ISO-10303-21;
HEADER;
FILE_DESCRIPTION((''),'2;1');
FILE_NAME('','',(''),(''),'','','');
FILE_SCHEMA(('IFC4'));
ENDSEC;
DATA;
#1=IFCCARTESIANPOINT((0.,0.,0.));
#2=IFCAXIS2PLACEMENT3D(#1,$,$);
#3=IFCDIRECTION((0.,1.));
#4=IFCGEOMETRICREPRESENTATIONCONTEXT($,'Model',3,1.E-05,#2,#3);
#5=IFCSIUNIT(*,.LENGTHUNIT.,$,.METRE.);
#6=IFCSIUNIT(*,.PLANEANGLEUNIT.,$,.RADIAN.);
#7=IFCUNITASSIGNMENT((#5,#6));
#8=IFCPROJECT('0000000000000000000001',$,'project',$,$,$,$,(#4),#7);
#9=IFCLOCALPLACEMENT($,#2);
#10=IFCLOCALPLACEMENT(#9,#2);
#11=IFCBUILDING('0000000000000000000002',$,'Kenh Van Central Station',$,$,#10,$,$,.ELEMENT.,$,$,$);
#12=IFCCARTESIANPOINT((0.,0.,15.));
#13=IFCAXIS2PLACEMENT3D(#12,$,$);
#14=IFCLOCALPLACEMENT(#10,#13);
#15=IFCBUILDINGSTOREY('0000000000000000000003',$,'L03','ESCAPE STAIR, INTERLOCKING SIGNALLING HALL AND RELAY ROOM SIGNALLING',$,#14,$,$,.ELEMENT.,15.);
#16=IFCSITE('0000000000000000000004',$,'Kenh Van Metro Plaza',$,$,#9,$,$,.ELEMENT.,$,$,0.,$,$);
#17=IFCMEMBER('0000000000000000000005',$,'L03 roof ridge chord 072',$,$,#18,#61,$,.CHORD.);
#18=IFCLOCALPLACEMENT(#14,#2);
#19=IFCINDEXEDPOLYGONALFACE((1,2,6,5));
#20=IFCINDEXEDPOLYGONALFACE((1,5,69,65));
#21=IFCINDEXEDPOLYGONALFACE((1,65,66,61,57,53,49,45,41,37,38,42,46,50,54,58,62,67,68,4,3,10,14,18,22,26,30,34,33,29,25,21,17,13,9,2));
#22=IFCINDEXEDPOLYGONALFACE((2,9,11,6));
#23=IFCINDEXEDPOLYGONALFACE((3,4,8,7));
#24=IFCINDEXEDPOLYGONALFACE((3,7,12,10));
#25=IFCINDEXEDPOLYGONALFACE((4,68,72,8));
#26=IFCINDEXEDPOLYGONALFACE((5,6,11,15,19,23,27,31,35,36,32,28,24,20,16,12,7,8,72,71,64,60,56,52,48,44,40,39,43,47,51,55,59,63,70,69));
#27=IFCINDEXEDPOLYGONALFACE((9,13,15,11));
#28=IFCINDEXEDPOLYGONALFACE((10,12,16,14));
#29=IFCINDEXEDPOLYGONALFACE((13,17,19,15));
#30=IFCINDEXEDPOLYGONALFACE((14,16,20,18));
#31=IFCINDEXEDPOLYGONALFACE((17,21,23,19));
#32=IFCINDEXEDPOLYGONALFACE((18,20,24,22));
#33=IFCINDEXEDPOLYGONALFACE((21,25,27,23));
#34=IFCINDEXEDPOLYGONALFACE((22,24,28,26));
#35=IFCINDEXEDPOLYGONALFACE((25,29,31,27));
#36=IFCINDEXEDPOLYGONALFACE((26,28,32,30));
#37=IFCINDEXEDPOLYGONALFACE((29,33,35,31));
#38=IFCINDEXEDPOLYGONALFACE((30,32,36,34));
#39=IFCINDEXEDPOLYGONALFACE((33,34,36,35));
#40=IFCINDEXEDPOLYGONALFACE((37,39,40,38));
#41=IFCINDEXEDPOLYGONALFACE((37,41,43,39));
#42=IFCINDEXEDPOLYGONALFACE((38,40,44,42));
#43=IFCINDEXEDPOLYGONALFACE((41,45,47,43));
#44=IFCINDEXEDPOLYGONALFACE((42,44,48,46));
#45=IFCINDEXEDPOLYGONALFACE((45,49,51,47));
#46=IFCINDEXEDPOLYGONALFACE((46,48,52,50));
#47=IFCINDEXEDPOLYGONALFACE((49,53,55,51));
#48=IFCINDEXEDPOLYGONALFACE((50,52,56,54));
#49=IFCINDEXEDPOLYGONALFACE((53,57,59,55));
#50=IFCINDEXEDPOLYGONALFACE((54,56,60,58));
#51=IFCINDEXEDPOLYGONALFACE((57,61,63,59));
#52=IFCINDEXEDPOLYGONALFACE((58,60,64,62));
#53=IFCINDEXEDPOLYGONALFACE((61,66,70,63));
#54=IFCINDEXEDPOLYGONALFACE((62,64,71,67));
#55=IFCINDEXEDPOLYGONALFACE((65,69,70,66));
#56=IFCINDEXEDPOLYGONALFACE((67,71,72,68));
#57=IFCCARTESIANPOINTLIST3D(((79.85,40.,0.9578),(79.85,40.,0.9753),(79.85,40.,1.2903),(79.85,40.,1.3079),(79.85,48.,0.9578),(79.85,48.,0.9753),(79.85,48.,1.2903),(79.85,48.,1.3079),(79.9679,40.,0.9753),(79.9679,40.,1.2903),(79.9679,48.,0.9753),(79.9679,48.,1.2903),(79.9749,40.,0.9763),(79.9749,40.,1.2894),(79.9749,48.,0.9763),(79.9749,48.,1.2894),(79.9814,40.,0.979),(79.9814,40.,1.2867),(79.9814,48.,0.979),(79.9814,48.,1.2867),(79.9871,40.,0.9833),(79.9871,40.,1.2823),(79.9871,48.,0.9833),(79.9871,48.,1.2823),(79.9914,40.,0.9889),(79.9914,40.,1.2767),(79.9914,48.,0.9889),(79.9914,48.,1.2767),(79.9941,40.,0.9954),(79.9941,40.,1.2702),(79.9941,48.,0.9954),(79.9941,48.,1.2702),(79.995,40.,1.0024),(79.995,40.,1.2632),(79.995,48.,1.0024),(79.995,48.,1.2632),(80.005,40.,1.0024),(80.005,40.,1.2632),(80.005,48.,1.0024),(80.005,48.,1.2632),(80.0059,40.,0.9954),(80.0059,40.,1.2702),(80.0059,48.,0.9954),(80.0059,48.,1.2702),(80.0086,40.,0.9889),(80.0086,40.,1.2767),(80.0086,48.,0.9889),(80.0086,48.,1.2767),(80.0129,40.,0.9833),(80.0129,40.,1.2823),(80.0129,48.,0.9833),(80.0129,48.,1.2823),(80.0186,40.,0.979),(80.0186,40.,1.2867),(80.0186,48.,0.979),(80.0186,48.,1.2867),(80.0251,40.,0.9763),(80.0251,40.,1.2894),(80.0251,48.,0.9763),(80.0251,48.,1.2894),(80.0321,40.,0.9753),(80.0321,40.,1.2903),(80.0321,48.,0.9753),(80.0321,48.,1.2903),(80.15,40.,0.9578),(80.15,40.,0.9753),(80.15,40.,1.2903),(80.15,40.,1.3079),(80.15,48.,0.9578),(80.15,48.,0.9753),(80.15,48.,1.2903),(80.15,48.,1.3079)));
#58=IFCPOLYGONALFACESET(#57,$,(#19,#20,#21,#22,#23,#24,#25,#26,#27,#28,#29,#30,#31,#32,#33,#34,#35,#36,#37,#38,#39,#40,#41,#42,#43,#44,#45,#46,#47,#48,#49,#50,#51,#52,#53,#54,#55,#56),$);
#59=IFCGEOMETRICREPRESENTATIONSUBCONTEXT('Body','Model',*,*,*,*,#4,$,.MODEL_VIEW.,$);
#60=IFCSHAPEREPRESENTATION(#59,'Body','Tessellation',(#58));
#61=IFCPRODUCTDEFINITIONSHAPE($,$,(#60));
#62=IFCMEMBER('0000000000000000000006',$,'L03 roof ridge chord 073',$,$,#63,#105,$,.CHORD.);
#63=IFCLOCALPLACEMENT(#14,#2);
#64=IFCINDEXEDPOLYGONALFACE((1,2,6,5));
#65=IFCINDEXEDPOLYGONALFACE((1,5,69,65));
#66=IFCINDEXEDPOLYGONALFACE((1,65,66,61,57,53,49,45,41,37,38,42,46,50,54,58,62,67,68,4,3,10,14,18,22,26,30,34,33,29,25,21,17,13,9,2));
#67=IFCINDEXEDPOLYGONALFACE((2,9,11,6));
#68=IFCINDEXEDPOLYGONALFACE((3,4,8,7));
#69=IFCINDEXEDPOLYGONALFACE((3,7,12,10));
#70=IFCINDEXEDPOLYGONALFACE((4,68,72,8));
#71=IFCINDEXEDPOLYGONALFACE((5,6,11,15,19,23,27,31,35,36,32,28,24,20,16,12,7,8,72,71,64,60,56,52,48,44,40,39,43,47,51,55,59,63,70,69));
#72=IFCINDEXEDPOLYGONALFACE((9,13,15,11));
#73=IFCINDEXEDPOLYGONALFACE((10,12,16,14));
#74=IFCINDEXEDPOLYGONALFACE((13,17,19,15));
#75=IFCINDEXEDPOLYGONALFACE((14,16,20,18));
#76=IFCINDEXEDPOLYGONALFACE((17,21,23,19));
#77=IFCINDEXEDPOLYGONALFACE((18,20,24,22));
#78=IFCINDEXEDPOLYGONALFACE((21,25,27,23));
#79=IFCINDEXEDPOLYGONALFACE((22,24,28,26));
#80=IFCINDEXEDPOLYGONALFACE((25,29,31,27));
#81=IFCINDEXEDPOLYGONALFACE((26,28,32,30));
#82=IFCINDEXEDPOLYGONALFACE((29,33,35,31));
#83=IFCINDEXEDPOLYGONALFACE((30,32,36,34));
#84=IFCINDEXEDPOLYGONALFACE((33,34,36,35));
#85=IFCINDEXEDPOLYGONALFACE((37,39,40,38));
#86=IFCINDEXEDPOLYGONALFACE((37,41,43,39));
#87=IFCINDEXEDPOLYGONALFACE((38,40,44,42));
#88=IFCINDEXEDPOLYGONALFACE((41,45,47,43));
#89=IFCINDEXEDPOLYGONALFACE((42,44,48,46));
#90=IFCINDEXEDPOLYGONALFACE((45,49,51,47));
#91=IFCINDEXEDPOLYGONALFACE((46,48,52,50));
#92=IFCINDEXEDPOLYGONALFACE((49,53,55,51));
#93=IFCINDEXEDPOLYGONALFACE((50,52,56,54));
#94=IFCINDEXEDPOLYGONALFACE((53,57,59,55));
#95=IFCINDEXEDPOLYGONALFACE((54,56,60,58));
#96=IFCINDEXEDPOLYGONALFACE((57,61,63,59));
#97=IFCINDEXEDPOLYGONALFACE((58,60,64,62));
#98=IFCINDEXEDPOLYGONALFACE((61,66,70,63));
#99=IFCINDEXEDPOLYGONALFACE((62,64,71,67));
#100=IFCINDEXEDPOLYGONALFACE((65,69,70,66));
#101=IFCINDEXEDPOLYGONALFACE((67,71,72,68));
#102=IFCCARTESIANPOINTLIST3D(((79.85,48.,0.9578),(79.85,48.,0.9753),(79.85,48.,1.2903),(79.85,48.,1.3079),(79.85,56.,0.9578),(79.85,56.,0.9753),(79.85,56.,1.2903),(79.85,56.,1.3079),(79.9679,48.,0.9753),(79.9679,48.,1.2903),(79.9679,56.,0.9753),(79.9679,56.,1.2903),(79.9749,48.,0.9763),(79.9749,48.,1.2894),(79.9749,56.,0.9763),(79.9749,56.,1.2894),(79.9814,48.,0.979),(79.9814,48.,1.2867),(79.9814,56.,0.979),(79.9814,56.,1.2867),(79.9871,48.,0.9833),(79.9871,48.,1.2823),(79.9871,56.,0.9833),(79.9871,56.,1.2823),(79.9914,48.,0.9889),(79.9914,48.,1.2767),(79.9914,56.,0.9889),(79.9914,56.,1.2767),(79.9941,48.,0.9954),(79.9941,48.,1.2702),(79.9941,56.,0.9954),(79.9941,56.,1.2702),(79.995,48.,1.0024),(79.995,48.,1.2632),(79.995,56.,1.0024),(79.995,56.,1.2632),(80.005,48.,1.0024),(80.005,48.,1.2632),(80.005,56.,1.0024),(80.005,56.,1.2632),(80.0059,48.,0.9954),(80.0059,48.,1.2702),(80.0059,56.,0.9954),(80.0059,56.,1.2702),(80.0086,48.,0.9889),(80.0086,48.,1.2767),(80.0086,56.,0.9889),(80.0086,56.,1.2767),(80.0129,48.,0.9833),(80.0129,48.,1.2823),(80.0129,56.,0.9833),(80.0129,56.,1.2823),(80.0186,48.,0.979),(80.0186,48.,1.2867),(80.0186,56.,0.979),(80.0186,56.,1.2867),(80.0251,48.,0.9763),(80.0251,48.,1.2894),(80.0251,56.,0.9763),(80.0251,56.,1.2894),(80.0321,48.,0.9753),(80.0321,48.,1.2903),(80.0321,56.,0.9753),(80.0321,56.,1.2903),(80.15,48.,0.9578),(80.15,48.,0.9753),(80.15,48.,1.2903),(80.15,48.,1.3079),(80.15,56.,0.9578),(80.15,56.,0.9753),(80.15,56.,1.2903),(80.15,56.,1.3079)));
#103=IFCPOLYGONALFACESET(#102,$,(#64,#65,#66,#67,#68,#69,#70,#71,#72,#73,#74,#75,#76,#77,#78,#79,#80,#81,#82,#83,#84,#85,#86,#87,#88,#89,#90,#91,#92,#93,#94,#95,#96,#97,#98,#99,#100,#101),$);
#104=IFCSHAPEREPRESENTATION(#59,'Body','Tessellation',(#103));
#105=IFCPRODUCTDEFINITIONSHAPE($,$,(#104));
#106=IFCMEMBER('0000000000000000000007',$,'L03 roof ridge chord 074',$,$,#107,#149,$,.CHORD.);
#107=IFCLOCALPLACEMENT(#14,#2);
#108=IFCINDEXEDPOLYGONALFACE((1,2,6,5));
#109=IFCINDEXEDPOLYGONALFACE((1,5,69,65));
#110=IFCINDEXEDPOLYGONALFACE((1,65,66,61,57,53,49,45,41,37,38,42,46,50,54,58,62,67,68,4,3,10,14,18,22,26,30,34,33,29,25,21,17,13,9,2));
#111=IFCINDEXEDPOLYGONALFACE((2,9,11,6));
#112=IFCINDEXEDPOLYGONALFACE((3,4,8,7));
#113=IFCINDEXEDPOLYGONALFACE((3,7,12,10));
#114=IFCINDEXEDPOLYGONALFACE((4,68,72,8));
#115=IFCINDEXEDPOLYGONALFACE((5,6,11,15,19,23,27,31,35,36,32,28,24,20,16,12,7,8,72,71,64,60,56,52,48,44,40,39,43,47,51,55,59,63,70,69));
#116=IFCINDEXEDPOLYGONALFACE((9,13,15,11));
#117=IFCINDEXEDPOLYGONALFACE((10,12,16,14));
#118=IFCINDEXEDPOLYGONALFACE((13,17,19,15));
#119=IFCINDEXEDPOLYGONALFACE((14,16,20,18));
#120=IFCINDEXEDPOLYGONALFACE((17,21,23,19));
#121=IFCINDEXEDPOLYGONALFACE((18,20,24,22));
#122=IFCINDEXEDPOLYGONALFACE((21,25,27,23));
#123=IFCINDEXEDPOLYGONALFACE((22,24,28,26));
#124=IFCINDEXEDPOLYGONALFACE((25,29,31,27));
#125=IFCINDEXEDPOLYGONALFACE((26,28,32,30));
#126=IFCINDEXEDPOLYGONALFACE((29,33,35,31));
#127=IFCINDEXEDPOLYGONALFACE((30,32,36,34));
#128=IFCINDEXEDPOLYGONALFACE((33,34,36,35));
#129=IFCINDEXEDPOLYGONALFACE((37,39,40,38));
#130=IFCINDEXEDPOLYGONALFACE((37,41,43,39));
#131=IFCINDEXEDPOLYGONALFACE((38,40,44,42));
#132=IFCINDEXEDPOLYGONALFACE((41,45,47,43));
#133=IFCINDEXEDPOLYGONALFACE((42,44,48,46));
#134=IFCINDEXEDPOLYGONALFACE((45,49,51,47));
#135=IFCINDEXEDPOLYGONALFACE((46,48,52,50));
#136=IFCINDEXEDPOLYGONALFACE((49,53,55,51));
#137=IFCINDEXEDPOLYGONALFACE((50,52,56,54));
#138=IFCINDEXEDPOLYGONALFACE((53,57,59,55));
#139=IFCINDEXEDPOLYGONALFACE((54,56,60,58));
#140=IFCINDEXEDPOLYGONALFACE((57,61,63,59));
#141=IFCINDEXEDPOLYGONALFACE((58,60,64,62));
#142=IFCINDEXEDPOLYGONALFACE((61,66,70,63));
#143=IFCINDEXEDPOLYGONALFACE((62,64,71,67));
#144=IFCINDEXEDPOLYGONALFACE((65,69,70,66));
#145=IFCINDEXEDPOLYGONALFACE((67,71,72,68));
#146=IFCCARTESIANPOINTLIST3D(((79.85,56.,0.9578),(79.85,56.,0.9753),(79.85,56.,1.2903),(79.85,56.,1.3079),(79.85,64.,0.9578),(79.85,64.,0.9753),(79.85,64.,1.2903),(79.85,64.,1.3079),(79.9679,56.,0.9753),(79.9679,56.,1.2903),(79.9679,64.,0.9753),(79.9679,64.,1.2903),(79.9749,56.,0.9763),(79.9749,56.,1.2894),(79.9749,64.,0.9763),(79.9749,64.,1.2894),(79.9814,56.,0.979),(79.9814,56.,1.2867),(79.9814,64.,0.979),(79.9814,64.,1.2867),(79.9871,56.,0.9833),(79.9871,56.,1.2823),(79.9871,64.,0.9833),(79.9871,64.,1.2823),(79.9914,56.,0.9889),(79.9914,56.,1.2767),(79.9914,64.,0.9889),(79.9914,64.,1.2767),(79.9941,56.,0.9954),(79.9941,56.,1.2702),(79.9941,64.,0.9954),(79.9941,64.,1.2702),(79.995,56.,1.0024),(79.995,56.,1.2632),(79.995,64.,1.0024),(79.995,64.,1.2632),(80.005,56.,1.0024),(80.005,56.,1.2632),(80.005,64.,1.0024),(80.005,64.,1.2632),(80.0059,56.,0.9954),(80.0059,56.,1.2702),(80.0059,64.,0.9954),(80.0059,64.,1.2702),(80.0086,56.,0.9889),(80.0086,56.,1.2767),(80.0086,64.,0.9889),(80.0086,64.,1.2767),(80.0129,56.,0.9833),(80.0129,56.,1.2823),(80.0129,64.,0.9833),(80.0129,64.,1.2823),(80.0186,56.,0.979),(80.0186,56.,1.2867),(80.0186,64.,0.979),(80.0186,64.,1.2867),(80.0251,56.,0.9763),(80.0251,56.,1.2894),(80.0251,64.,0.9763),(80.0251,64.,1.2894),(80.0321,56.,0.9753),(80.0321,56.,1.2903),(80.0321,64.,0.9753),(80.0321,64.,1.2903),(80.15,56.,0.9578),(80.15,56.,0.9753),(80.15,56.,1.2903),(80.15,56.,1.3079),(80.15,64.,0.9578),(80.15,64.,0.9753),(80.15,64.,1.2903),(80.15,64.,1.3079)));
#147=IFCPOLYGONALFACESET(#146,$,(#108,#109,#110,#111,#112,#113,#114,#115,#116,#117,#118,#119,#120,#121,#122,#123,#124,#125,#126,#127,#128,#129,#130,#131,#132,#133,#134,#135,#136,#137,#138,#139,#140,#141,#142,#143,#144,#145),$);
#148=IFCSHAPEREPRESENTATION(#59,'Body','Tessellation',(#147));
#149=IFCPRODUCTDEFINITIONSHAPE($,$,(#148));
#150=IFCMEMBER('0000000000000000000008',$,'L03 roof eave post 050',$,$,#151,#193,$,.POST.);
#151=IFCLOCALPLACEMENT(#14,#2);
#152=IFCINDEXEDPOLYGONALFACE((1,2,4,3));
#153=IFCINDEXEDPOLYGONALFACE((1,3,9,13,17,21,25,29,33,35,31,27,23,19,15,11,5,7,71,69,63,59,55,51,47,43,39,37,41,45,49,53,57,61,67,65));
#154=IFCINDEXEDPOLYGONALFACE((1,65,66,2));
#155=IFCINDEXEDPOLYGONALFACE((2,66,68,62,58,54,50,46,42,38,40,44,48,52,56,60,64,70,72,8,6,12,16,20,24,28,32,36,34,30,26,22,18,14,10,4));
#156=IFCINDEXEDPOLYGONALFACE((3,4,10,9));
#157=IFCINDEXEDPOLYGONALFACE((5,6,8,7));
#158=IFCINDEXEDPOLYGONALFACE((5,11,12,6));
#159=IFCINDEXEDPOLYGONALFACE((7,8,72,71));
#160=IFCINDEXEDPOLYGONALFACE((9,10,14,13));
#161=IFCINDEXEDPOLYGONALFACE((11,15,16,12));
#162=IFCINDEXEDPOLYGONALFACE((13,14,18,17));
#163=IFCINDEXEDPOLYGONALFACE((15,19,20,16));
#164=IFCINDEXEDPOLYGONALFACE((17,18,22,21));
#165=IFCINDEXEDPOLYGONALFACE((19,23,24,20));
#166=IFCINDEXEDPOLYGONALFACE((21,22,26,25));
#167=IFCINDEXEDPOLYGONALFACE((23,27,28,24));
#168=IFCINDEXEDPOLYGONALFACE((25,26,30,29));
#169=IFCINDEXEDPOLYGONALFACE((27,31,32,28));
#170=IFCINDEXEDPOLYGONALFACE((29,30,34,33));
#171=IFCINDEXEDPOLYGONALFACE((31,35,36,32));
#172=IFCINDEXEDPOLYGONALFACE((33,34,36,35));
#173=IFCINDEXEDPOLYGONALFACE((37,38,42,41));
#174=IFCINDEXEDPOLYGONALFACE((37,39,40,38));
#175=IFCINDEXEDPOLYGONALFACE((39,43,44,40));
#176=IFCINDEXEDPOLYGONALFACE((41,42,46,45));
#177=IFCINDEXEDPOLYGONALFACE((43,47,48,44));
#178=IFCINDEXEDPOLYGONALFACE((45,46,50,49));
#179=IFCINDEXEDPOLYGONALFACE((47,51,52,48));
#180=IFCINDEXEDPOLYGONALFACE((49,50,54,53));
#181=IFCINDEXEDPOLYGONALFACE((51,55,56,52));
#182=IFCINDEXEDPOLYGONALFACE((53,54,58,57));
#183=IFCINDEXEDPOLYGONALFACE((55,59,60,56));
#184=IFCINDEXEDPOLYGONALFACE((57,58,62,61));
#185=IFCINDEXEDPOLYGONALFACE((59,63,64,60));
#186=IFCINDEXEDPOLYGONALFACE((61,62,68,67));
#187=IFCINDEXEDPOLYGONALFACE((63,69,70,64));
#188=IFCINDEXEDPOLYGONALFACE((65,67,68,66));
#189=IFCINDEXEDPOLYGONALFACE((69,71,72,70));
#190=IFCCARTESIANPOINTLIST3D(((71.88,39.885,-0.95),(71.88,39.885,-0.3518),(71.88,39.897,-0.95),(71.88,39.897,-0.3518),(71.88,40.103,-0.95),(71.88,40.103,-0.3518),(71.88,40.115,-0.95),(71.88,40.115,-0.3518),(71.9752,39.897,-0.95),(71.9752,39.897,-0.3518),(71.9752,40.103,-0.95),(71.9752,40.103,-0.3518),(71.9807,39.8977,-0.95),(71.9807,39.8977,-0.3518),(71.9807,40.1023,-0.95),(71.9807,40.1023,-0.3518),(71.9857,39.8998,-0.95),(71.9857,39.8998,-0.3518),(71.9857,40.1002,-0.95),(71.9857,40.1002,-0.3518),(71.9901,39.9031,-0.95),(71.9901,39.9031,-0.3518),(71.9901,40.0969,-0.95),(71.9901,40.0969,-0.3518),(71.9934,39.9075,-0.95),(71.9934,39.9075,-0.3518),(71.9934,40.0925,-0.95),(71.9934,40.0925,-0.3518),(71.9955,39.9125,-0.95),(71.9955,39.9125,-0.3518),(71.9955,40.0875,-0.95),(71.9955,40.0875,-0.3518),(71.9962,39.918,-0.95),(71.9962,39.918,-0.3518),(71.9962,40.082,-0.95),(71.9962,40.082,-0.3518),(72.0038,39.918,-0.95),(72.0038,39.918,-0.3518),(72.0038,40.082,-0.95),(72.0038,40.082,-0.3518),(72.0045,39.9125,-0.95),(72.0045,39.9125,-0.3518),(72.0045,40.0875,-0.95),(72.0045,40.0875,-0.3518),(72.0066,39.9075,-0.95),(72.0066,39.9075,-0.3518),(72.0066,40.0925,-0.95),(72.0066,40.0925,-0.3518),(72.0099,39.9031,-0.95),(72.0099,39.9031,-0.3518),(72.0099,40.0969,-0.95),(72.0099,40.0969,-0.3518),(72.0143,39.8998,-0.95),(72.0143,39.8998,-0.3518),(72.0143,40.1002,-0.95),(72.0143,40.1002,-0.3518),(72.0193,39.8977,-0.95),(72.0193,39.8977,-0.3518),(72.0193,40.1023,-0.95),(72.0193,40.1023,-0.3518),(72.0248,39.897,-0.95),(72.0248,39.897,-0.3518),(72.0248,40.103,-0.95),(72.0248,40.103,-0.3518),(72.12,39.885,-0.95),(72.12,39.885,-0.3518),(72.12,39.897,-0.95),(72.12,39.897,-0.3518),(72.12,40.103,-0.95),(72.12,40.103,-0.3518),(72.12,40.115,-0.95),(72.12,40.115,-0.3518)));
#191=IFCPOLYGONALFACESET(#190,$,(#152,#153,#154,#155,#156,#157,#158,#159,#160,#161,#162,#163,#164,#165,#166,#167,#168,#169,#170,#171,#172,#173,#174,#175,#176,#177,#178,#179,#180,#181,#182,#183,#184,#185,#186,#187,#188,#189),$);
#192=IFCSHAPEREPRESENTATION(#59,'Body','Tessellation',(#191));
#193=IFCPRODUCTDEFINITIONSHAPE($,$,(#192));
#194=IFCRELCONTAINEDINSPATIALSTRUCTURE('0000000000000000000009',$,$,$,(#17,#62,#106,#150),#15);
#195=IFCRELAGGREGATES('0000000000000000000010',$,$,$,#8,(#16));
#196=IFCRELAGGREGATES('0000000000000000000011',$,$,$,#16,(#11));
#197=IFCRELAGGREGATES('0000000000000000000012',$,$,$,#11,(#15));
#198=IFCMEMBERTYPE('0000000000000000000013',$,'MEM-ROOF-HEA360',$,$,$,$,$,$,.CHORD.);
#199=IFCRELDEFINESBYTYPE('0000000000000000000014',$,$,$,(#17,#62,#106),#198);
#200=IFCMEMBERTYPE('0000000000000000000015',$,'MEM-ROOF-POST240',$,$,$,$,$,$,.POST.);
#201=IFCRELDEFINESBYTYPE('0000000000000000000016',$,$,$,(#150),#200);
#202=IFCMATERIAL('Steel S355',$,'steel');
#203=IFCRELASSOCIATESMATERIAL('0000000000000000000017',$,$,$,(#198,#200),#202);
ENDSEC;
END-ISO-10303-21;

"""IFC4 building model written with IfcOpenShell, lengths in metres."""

from ifc_helpers import new_model, si_unit, direction, frame, origin, origin_2d, place, context, subcontext, project, spatial, i_section, extrude, material, material_profile, profile_set, type_object, element, save


model = new_model("IFC4")

# Units and contexts
model_context = context("Model", 3, precision=1e-05, world=origin(), true_north=direction((0.0, 1.0)))
body_context = subcontext(model_context, "Body", "Model", "MODEL_VIEW")
ifc_project = project(units=[si_unit("LENGTHUNIT", "METRE"), si_unit("PLANEANGLEUNIT", "RADIAN")], contexts=[model_context])

# Site, building, storey
site_placement = place(None, origin())
site = spatial("IfcSite", under=ifc_project, at=site_placement, Name="Kenh Van Metro Plaza", CompositionType="ELEMENT", RefElevation=0.0)
building_placement = place(site_placement, origin())
building = spatial("IfcBuilding", under=site, at=building_placement, Name="Kenh Van Central Station", CompositionType="ELEMENT")
storey_placement = place(building_placement, frame((0.0, 0.0, 15.0)))
storey = spatial("IfcBuildingStorey", under=building, at=storey_placement, Name="L03", Description="ESCAPE STAIR, INTERLOCKING SIGNALLING HALL AND RELAY ROOM SIGNALLING", CompositionType="ELEMENT", Elevation=15.0)

# Shared definitions
ifc_material_1 = material(Name="Steel S355", Category="steel")

# Members
ifc_material_profile_1 = material_profile(ifc_material_1, i_section(OverallWidth=0.3, OverallDepth=0.3501, WebThickness=0.01, FlangeThickness=0.0176, FilletRadius=0.0271, at=origin_2d()), Name="HEA 360")
ifc_profile_set_1 = profile_set([ifc_material_profile_1], Name="Steel S355")
member_type_1 = type_object("IfcMemberType", Name="MEM-ROOF-HEA360", PredefinedType="CHORD", material=ifc_profile_set_1)
for number, where, z_axis, x_axis, name in (
    (1, (80.0, 40.0, 1.1328), (0.0, 1.0, 0.0), (-1.0, 0.0, 0.0), "L03 roof ridge chord 072"),
    (2, (80.0, 48.0, 1.1328), (0.0, 1.0, 0.0), (-1.0, 0.0, 0.0), "L03 roof ridge chord 073"),
    (3, (80.0, 56.0, 1.1328), (0.0, 1.0, 0.0), (-1.0, 0.0, 0.0), "L03 roof ridge chord 074"),
):
    element("IfcMember", number, at=place(storey_placement, frame(where, z_axis=z_axis, x_axis=x_axis)), inside=storey, type_object=member_type_1, Name=name, PredefinedType="CHORD", context=body_context, shape_type="SweptSolid", body=[
        extrude(i_section(OverallWidth=0.3, OverallDepth=0.3501, WebThickness=0.01, FlangeThickness=0.0176, FilletRadius=0.0271, at=origin_2d()), origin(), (0.0, 0.0, 1.0), 8.0),
    ])
ifc_material_profile_2 = material_profile(ifc_material_1, i_section(OverallWidth=0.24, OverallDepth=0.23, WebThickness=0.0076, FlangeThickness=0.012, FilletRadius=0.021, at=origin_2d()), Name="HEA 240")
ifc_profile_set_2 = profile_set([ifc_material_profile_2], Name="Steel S355")
member_type_2 = type_object("IfcMemberType", Name="MEM-ROOF-POST240", PredefinedType="POST", material=ifc_profile_set_2)
for number, where, z_axis, x_axis, name in (
    (4, (72.0, 40.0, -0.95), (0.0, 0.0, 1.0), (1.0, 0.0, 0.0), "L03 roof eave post 050"),
):
    element("IfcMember", number, at=place(storey_placement, frame(where, z_axis=z_axis, x_axis=x_axis)), inside=storey, type_object=member_type_2, Name=name, PredefinedType="POST", context=body_context, shape_type="SweptSolid", body=[
        extrude(i_section(OverallWidth=0.24, OverallDepth=0.23, WebThickness=0.0076, FlangeThickness=0.012, FilletRadius=0.021, at=origin_2d()), origin(), (0.0, 0.0, 1.0), 0.5981),
    ])

save(model, "model.ifc")
